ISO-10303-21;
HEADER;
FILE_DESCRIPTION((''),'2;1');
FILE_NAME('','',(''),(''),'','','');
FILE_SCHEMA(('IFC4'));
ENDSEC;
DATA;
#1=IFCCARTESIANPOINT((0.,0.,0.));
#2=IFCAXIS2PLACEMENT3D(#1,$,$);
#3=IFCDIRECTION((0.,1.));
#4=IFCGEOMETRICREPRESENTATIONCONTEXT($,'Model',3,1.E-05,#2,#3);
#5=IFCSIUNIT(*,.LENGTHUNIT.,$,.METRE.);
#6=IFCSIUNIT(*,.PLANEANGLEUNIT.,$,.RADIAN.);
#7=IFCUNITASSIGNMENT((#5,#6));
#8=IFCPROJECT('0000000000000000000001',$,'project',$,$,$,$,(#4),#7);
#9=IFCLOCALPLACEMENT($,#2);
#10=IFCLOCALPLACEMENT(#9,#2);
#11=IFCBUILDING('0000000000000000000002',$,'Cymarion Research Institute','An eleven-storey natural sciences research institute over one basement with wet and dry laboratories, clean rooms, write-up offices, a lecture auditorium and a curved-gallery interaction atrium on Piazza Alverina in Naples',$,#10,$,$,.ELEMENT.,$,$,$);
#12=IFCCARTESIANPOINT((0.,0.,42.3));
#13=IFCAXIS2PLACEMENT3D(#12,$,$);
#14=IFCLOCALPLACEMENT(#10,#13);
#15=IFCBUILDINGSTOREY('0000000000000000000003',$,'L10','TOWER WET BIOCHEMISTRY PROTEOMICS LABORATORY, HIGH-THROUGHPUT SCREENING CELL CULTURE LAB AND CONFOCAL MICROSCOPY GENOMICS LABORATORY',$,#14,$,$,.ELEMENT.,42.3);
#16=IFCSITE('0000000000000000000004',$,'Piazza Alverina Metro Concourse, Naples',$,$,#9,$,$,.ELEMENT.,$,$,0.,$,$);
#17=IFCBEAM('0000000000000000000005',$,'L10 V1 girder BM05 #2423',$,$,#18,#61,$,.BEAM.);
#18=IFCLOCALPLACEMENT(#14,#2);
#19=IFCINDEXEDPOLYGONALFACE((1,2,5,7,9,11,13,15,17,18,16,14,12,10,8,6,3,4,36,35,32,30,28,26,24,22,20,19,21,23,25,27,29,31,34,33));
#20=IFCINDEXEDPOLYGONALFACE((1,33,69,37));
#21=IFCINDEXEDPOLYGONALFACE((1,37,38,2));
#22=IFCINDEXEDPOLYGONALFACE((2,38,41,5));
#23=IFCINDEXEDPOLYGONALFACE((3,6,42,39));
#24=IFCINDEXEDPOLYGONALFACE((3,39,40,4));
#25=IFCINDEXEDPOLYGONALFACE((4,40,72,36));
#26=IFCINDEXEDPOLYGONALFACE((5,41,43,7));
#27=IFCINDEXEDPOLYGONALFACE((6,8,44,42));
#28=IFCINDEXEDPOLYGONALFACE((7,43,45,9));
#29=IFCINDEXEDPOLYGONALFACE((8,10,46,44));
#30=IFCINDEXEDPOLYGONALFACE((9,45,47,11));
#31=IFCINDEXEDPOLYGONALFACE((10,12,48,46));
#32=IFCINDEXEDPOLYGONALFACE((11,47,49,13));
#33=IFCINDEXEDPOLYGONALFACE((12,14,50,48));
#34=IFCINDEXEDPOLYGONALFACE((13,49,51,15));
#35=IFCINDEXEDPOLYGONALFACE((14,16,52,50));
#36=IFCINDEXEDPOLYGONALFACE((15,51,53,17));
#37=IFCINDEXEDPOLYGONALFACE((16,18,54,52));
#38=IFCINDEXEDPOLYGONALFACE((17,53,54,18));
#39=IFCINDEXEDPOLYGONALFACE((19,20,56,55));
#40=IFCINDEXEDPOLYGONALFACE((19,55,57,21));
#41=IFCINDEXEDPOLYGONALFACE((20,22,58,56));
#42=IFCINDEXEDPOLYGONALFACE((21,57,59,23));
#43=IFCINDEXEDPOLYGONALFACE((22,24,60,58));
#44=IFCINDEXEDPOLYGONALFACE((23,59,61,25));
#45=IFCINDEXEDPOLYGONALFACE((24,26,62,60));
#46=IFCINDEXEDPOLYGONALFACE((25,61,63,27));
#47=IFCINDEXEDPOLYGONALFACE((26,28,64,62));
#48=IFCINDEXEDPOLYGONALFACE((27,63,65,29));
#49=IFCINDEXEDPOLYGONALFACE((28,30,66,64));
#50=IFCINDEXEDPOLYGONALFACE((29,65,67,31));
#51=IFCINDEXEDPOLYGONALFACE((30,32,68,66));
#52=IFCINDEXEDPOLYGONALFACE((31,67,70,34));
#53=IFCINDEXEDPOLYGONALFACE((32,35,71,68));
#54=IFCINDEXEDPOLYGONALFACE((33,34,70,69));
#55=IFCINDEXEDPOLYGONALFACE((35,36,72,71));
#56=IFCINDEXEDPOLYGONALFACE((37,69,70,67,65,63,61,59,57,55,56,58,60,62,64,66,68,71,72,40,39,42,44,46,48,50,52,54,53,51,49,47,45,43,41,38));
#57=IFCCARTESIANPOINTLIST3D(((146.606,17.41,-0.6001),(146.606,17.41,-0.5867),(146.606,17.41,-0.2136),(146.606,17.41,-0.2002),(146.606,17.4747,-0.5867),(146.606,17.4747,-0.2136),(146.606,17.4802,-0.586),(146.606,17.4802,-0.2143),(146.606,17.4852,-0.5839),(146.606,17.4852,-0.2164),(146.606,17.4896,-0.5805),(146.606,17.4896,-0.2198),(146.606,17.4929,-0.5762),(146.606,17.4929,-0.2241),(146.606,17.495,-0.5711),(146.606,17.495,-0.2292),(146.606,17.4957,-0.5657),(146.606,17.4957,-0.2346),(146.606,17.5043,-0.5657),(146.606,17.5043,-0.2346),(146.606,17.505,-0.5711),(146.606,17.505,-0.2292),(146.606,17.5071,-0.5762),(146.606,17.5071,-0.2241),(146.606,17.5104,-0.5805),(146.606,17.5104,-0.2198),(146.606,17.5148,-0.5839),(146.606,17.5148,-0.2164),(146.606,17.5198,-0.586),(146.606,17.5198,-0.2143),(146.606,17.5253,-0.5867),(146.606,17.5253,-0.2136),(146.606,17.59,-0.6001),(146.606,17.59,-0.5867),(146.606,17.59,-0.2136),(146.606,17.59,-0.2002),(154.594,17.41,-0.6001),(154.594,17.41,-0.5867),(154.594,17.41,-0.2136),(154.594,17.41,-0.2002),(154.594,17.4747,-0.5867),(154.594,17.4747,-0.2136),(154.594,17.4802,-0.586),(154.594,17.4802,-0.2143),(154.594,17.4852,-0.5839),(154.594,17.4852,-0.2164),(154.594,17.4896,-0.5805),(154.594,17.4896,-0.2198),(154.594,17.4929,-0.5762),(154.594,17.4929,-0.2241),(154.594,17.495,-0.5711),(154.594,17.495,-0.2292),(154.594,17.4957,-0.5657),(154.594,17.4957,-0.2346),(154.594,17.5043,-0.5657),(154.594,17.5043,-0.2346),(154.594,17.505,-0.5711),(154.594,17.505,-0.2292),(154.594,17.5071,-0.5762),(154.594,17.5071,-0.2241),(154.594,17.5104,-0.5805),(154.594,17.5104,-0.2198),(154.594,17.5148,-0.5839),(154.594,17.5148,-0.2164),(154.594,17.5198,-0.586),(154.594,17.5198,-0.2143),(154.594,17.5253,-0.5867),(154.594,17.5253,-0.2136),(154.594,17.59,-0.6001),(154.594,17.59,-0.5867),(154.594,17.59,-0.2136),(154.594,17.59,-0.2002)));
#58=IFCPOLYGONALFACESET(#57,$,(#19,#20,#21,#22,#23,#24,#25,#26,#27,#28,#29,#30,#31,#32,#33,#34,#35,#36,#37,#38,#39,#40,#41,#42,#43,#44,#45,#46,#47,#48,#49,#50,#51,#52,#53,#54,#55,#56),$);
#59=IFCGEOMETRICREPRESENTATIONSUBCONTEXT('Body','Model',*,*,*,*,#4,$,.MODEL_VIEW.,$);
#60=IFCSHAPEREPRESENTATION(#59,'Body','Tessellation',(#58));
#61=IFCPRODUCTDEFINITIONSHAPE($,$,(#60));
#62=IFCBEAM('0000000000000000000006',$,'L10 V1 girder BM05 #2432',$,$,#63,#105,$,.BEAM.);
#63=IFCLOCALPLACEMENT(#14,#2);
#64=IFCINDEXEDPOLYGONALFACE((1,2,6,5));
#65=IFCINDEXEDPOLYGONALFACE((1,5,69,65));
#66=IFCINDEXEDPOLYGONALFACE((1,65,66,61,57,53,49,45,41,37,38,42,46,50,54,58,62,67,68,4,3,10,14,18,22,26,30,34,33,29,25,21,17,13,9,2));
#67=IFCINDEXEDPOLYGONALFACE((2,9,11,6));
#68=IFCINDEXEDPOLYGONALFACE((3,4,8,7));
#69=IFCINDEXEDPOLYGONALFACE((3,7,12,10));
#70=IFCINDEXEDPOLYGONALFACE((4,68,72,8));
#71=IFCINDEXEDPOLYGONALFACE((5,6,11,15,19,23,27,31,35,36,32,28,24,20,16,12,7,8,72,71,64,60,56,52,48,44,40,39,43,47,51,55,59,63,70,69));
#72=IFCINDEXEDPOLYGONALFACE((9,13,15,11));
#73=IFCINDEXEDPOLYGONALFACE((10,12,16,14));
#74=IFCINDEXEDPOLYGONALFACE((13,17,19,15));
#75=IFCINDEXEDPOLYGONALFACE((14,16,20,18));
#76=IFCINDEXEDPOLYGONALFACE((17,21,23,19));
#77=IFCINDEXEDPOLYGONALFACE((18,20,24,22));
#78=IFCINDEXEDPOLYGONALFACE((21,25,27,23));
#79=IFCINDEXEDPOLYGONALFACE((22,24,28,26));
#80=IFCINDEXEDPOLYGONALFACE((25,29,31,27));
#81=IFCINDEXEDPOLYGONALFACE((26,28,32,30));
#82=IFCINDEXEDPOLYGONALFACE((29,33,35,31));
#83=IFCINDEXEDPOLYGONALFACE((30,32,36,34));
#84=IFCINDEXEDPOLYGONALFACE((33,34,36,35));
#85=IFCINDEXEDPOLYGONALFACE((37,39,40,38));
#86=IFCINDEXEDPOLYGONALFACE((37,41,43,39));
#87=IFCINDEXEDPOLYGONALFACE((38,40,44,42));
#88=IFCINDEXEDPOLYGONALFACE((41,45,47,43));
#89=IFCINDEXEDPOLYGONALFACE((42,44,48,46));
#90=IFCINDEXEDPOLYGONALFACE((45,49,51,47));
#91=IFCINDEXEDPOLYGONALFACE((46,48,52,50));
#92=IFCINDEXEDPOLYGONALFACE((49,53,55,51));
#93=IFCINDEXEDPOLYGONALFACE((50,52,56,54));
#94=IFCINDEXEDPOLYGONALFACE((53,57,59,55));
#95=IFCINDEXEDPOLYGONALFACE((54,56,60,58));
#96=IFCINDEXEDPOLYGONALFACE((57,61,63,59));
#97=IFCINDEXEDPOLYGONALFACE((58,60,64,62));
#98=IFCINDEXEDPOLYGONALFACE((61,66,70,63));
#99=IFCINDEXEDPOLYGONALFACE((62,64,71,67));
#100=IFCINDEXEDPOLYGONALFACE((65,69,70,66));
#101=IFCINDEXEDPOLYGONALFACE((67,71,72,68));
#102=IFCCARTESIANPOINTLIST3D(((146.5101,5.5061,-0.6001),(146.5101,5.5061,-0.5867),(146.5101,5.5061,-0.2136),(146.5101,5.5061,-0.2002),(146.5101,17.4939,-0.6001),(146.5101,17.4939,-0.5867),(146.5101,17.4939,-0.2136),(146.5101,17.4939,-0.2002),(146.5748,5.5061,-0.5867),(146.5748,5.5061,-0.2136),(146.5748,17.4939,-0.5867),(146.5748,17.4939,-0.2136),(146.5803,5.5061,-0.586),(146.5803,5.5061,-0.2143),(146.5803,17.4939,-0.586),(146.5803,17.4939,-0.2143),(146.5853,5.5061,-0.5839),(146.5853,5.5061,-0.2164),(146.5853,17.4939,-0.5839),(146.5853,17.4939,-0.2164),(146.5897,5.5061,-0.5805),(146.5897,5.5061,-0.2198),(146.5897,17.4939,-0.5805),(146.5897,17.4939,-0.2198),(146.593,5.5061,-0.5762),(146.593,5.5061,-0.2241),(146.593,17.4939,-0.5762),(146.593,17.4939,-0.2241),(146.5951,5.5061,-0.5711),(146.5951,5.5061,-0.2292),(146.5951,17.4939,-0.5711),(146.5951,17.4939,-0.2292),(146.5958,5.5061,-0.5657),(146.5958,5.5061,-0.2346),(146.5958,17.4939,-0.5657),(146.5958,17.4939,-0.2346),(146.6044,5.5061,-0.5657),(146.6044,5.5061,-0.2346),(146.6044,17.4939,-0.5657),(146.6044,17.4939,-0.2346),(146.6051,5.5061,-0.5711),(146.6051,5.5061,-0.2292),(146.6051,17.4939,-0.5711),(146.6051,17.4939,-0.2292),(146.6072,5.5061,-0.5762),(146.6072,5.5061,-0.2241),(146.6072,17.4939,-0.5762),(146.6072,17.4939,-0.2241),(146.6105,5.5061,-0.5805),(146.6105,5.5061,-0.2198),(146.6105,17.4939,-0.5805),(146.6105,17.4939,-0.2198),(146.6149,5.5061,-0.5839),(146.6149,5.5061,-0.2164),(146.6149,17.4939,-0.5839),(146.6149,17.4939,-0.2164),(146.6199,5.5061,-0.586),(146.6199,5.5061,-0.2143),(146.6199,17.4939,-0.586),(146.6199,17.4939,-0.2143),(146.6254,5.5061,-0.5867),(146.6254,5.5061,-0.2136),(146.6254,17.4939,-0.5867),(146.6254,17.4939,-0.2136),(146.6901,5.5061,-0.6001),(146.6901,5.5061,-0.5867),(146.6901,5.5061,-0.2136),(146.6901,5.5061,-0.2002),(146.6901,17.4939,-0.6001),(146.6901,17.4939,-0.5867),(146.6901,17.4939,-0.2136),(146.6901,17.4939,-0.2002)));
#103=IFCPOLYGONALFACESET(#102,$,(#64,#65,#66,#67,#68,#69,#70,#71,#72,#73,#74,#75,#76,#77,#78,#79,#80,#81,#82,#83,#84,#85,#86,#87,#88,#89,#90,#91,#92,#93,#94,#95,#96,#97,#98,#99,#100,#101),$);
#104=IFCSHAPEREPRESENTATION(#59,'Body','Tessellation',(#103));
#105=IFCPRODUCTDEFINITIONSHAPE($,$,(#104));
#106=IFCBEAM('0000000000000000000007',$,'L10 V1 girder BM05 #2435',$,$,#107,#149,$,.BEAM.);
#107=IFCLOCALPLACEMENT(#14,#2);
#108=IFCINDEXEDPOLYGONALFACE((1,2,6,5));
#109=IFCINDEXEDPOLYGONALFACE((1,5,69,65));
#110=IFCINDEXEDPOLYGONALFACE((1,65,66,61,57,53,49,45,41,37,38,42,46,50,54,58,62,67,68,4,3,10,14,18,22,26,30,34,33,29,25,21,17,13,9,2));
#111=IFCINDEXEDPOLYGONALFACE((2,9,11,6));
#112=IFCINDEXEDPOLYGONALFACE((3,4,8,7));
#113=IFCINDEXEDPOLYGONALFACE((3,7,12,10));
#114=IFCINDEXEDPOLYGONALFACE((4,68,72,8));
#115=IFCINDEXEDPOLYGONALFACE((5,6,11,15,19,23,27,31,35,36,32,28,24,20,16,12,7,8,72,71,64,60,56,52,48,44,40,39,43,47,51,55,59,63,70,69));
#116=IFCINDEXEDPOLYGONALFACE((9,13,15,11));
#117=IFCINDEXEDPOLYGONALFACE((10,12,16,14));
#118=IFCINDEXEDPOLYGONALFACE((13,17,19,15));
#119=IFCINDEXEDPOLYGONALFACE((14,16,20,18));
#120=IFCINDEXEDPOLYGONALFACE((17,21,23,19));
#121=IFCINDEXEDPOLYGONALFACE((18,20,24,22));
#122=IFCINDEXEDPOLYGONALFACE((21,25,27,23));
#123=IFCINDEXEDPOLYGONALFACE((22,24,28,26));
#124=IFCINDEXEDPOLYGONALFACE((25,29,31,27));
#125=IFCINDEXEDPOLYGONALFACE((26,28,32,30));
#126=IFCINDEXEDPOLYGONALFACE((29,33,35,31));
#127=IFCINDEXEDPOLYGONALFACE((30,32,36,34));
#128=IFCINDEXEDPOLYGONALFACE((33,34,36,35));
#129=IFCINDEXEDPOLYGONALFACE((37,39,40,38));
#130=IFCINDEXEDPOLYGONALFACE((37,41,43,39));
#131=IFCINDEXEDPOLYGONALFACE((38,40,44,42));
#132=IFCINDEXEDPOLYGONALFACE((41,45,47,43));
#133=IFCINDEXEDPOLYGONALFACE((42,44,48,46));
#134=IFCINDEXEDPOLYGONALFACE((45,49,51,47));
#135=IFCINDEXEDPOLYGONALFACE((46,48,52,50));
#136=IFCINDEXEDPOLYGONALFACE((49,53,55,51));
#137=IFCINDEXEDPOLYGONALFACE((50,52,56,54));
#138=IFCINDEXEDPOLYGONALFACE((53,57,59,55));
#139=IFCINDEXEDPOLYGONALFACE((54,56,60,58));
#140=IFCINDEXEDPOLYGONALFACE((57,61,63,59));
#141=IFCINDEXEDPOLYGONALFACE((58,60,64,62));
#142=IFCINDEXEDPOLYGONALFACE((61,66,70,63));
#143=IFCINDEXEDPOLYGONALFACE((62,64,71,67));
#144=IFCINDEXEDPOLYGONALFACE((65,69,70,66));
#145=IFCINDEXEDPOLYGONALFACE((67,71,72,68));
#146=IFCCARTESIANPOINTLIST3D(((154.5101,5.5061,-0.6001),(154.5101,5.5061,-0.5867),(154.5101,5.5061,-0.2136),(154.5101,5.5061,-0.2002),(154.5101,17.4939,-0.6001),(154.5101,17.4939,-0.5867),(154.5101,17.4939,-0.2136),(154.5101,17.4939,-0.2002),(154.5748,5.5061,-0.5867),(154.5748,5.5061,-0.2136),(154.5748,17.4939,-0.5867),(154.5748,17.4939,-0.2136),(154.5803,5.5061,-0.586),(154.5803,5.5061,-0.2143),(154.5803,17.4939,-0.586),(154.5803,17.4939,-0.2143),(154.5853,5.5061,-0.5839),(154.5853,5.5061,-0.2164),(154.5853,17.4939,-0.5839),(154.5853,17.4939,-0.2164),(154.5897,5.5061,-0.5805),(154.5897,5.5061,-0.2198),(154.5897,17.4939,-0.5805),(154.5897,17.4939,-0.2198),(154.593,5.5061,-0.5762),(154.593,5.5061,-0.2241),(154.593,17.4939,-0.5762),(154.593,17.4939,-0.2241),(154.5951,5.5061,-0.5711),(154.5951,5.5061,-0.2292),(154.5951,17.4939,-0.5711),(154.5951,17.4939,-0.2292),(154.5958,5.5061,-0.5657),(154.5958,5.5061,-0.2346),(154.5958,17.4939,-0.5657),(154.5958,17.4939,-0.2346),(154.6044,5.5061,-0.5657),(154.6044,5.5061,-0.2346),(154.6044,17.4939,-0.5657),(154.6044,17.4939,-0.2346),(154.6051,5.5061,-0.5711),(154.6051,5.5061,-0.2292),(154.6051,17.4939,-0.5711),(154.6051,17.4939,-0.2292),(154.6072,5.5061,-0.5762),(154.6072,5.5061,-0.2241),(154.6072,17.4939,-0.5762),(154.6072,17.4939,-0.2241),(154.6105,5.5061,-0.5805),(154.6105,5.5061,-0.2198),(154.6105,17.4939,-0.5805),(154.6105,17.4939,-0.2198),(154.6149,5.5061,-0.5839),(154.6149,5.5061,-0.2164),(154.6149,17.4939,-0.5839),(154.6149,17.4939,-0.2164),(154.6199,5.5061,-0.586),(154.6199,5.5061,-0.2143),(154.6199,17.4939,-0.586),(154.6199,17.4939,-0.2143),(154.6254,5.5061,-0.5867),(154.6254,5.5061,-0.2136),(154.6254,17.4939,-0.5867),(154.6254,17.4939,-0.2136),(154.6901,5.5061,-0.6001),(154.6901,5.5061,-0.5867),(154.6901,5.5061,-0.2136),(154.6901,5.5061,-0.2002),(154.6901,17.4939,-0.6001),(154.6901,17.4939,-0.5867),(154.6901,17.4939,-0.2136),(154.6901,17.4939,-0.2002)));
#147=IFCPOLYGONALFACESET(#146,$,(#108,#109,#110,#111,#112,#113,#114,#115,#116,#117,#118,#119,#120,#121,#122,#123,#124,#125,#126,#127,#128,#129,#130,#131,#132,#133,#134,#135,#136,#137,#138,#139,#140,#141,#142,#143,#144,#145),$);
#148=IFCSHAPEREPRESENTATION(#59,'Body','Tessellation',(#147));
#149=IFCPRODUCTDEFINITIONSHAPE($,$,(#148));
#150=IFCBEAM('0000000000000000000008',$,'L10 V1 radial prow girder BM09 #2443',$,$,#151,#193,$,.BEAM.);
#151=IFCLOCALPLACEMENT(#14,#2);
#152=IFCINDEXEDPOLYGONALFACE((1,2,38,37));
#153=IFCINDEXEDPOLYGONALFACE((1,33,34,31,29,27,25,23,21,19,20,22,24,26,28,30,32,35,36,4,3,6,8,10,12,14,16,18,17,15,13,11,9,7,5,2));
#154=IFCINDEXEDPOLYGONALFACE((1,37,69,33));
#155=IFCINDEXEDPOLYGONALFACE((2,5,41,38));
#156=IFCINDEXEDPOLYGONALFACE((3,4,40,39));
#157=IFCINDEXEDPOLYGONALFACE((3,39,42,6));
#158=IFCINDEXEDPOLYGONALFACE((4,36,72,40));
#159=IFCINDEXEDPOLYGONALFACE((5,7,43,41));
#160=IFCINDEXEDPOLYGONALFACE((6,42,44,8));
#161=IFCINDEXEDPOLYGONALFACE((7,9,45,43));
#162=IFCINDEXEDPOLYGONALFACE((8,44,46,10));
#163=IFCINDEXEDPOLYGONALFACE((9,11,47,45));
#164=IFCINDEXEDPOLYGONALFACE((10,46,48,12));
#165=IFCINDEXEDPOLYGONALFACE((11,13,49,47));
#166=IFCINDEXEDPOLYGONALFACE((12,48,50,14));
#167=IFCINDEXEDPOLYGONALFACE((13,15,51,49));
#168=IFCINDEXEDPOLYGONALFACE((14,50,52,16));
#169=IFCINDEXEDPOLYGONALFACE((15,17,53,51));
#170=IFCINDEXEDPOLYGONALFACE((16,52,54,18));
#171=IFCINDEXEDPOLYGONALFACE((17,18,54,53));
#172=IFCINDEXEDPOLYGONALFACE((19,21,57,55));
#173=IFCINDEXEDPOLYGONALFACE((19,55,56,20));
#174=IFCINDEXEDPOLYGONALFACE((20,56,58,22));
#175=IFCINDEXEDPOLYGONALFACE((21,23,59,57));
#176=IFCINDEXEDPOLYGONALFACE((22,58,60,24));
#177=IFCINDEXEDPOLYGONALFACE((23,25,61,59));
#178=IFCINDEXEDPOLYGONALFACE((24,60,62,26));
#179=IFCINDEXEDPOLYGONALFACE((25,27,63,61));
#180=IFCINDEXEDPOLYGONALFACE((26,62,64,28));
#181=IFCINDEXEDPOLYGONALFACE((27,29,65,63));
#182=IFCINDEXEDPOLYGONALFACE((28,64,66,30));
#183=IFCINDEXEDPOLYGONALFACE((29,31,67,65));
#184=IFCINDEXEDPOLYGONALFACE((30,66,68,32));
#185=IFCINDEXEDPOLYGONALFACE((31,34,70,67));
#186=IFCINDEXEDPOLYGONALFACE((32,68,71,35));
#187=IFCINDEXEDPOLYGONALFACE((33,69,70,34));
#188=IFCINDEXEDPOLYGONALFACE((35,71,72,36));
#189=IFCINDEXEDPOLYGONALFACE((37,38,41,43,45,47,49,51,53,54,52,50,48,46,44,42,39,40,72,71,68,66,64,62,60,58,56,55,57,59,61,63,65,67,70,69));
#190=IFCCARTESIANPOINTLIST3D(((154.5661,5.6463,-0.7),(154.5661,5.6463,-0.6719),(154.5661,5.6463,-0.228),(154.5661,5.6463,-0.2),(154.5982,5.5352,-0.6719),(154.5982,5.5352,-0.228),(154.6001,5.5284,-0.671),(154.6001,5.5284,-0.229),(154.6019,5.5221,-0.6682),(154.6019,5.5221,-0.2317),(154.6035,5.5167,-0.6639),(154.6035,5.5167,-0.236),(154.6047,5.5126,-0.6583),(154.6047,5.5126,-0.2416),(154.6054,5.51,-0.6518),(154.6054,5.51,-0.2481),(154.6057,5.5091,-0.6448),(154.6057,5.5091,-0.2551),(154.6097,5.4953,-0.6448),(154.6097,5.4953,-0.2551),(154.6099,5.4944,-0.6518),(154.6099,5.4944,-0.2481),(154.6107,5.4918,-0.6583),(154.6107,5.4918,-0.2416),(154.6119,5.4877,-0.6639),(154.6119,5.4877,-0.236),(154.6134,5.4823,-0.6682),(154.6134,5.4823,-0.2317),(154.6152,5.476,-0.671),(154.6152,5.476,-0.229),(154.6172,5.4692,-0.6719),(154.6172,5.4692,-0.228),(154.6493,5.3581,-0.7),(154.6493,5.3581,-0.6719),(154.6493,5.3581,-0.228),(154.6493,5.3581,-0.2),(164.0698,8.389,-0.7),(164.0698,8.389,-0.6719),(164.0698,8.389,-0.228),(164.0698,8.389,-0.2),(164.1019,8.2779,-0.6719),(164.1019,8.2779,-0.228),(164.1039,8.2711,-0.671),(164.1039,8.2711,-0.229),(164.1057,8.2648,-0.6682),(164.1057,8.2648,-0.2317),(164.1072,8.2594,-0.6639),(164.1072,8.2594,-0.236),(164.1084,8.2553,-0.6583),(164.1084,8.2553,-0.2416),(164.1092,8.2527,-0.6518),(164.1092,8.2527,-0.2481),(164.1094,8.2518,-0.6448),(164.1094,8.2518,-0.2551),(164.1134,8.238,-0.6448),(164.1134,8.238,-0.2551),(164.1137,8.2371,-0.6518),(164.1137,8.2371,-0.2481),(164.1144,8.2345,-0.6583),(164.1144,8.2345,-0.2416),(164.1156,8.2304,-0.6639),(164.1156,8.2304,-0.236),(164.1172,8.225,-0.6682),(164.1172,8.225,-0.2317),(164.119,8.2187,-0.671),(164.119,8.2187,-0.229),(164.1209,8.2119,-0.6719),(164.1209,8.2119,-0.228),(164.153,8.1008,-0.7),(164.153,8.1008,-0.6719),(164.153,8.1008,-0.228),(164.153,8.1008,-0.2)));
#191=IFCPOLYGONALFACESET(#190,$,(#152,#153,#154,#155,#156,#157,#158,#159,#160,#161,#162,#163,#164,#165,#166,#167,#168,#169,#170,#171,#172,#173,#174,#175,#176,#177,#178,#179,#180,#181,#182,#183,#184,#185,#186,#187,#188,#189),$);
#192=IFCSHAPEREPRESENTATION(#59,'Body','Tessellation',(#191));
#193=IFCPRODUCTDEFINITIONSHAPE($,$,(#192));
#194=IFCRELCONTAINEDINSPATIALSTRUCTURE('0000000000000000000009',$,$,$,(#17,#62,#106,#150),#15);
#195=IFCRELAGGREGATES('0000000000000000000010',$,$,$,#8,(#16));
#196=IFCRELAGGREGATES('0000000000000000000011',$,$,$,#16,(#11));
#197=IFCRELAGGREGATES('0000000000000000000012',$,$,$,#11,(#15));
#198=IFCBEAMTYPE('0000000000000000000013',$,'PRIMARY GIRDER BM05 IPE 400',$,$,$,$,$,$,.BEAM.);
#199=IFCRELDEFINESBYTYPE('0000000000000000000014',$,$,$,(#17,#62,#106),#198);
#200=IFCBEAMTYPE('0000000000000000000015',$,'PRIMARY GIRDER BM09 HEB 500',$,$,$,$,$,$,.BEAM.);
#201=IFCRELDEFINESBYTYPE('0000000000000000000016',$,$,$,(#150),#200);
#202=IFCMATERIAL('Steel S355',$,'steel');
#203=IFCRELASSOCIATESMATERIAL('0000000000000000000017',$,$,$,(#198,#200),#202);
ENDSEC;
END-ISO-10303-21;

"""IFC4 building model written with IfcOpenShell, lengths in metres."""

from ifc_helpers import new_model, si_unit, direction, frame, origin, origin_2d, place, context, subcontext, project, spatial, i_section, extrude, material, material_profile, profile_set, type_object, element, save


model = new_model("IFC4")

# Units and contexts
model_context = context("Model", 3, precision=1e-05, world=origin(), true_north=direction((0.0, 1.0)))
body_context = subcontext(model_context, "Body", "Model", "MODEL_VIEW")
ifc_project = project(units=[si_unit("LENGTHUNIT", "METRE"), si_unit("PLANEANGLEUNIT", "RADIAN")], contexts=[model_context])

# Site, building, storey
site_placement = place(None, origin())
site = spatial("IfcSite", under=ifc_project, at=site_placement, Name="Piazza Alverina Metro Concourse, Naples", CompositionType="ELEMENT", RefElevation=0.0)
building_placement = place(site_placement, origin())
building = spatial("IfcBuilding", under=site, at=building_placement, Name="Cymarion Research Institute", Description="An eleven-storey natural sciences research institute over one basement with wet and dry laboratories, clean rooms, write-up offices, a lecture auditorium and a curved-gallery interaction atrium on Piazza Alverina in Naples", CompositionType="ELEMENT")
storey_placement = place(building_placement, frame((0.0, 0.0, 42.3)))
storey = spatial("IfcBuildingStorey", under=building, at=storey_placement, Name="L10", Description="TOWER WET BIOCHEMISTRY PROTEOMICS LABORATORY, HIGH-THROUGHPUT SCREENING CELL CULTURE LAB AND CONFOCAL MICROSCOPY GENOMICS LABORATORY", CompositionType="ELEMENT", Elevation=42.3)

# Shared definitions
ifc_material_1 = material(Name="Steel S355", Category="steel")

# Beams
ifc_material_profile_1 = material_profile(ifc_material_1, i_section(OverallWidth=0.1799, OverallDepth=0.3999, WebThickness=0.0085, FlangeThickness=0.0134, FilletRadius=0.021, at=origin_2d()), Name="IPE 400")
ifc_profile_set_1 = profile_set([ifc_material_profile_1], Name="Steel S355")
beam_type_1 = type_object("IfcBeamType", Name="PRIMARY GIRDER BM05 IPE 400", PredefinedType="BEAM", material=ifc_profile_set_1)
beam_1_placement = place(storey_placement, frame((146.606, 17.5, -0.4001), z_axis=(1.0, 0.0, 0.0), x_axis=(0.0, 1.0, 0.0)))
element("IfcBeam", 1, at=beam_1_placement, inside=storey, type_object=beam_type_1, Name="L10 V1 girder BM05 #2423", PredefinedType="BEAM", context=body_context, shape_type="SweptSolid", body=[
    extrude(i_section(OverallWidth=0.1799, OverallDepth=0.3999, WebThickness=0.0085, FlangeThickness=0.0134, FilletRadius=0.021, at=origin_2d()), origin(), (0.0, 0.0, 1.0), 7.988),
])
for number, where, z_axis, x_axis, name in (
    (2, (146.6001, 5.5061, -0.4001), (0.0, 1.0, 0.0), (-1.0, 0.0, 0.0), "L10 V1 girder BM05 #2432"),
    (3, (154.6001, 5.5061, -0.4001), (0.0, 1.0, 0.0), (-1.0, 0.0, 0.0), "L10 V1 girder BM05 #2435"),
):
    element("IfcBeam", number, at=place(storey_placement, frame(where, z_axis=z_axis, x_axis=x_axis)), inside=storey, type_object=beam_type_1, Name=name, PredefinedType="BEAM", context=body_context, shape_type="SweptSolid", body=[
        extrude(i_section(OverallWidth=0.1799, OverallDepth=0.3999, WebThickness=0.0085, FlangeThickness=0.0134, FilletRadius=0.021, at=origin_2d()), origin(), (0.0, 0.0, 1.0), 11.9878),
    ])
ifc_material_profile_2 = material_profile(ifc_material_1, i_section(OverallWidth=0.3, OverallDepth=0.5, WebThickness=0.0144, FlangeThickness=0.0281, FilletRadius=0.0271, at=origin_2d()), Name="HEB 500")
ifc_profile_set_2 = profile_set([ifc_material_profile_2], Name="Steel S355")
beam_type_2 = type_object("IfcBeamType", Name="PRIMARY GIRDER BM09 HEB 500", PredefinedType="BEAM", material=ifc_profile_set_2)
beam_2_placement = place(storey_placement, frame((154.6077, 5.5022, -0.45), z_axis=(0.96079, 0.277276, 0.0), x_axis=(-0.277276, 0.96079, 0.0)))
element("IfcBeam", 4, at=beam_2_placement, inside=storey, type_object=beam_type_2, Name="L10 V1 radial prow girder BM09 #2443", PredefinedType="BEAM", context=body_context, shape_type="SweptSolid", body=[
    extrude(i_section(OverallWidth=0.3, OverallDepth=0.5, WebThickness=0.0144, FlangeThickness=0.0281, FilletRadius=0.0271, at=origin_2d()), origin(), (0.0, 0.0, 1.0), 9.8916),
])

save(model, "model.ifc")
